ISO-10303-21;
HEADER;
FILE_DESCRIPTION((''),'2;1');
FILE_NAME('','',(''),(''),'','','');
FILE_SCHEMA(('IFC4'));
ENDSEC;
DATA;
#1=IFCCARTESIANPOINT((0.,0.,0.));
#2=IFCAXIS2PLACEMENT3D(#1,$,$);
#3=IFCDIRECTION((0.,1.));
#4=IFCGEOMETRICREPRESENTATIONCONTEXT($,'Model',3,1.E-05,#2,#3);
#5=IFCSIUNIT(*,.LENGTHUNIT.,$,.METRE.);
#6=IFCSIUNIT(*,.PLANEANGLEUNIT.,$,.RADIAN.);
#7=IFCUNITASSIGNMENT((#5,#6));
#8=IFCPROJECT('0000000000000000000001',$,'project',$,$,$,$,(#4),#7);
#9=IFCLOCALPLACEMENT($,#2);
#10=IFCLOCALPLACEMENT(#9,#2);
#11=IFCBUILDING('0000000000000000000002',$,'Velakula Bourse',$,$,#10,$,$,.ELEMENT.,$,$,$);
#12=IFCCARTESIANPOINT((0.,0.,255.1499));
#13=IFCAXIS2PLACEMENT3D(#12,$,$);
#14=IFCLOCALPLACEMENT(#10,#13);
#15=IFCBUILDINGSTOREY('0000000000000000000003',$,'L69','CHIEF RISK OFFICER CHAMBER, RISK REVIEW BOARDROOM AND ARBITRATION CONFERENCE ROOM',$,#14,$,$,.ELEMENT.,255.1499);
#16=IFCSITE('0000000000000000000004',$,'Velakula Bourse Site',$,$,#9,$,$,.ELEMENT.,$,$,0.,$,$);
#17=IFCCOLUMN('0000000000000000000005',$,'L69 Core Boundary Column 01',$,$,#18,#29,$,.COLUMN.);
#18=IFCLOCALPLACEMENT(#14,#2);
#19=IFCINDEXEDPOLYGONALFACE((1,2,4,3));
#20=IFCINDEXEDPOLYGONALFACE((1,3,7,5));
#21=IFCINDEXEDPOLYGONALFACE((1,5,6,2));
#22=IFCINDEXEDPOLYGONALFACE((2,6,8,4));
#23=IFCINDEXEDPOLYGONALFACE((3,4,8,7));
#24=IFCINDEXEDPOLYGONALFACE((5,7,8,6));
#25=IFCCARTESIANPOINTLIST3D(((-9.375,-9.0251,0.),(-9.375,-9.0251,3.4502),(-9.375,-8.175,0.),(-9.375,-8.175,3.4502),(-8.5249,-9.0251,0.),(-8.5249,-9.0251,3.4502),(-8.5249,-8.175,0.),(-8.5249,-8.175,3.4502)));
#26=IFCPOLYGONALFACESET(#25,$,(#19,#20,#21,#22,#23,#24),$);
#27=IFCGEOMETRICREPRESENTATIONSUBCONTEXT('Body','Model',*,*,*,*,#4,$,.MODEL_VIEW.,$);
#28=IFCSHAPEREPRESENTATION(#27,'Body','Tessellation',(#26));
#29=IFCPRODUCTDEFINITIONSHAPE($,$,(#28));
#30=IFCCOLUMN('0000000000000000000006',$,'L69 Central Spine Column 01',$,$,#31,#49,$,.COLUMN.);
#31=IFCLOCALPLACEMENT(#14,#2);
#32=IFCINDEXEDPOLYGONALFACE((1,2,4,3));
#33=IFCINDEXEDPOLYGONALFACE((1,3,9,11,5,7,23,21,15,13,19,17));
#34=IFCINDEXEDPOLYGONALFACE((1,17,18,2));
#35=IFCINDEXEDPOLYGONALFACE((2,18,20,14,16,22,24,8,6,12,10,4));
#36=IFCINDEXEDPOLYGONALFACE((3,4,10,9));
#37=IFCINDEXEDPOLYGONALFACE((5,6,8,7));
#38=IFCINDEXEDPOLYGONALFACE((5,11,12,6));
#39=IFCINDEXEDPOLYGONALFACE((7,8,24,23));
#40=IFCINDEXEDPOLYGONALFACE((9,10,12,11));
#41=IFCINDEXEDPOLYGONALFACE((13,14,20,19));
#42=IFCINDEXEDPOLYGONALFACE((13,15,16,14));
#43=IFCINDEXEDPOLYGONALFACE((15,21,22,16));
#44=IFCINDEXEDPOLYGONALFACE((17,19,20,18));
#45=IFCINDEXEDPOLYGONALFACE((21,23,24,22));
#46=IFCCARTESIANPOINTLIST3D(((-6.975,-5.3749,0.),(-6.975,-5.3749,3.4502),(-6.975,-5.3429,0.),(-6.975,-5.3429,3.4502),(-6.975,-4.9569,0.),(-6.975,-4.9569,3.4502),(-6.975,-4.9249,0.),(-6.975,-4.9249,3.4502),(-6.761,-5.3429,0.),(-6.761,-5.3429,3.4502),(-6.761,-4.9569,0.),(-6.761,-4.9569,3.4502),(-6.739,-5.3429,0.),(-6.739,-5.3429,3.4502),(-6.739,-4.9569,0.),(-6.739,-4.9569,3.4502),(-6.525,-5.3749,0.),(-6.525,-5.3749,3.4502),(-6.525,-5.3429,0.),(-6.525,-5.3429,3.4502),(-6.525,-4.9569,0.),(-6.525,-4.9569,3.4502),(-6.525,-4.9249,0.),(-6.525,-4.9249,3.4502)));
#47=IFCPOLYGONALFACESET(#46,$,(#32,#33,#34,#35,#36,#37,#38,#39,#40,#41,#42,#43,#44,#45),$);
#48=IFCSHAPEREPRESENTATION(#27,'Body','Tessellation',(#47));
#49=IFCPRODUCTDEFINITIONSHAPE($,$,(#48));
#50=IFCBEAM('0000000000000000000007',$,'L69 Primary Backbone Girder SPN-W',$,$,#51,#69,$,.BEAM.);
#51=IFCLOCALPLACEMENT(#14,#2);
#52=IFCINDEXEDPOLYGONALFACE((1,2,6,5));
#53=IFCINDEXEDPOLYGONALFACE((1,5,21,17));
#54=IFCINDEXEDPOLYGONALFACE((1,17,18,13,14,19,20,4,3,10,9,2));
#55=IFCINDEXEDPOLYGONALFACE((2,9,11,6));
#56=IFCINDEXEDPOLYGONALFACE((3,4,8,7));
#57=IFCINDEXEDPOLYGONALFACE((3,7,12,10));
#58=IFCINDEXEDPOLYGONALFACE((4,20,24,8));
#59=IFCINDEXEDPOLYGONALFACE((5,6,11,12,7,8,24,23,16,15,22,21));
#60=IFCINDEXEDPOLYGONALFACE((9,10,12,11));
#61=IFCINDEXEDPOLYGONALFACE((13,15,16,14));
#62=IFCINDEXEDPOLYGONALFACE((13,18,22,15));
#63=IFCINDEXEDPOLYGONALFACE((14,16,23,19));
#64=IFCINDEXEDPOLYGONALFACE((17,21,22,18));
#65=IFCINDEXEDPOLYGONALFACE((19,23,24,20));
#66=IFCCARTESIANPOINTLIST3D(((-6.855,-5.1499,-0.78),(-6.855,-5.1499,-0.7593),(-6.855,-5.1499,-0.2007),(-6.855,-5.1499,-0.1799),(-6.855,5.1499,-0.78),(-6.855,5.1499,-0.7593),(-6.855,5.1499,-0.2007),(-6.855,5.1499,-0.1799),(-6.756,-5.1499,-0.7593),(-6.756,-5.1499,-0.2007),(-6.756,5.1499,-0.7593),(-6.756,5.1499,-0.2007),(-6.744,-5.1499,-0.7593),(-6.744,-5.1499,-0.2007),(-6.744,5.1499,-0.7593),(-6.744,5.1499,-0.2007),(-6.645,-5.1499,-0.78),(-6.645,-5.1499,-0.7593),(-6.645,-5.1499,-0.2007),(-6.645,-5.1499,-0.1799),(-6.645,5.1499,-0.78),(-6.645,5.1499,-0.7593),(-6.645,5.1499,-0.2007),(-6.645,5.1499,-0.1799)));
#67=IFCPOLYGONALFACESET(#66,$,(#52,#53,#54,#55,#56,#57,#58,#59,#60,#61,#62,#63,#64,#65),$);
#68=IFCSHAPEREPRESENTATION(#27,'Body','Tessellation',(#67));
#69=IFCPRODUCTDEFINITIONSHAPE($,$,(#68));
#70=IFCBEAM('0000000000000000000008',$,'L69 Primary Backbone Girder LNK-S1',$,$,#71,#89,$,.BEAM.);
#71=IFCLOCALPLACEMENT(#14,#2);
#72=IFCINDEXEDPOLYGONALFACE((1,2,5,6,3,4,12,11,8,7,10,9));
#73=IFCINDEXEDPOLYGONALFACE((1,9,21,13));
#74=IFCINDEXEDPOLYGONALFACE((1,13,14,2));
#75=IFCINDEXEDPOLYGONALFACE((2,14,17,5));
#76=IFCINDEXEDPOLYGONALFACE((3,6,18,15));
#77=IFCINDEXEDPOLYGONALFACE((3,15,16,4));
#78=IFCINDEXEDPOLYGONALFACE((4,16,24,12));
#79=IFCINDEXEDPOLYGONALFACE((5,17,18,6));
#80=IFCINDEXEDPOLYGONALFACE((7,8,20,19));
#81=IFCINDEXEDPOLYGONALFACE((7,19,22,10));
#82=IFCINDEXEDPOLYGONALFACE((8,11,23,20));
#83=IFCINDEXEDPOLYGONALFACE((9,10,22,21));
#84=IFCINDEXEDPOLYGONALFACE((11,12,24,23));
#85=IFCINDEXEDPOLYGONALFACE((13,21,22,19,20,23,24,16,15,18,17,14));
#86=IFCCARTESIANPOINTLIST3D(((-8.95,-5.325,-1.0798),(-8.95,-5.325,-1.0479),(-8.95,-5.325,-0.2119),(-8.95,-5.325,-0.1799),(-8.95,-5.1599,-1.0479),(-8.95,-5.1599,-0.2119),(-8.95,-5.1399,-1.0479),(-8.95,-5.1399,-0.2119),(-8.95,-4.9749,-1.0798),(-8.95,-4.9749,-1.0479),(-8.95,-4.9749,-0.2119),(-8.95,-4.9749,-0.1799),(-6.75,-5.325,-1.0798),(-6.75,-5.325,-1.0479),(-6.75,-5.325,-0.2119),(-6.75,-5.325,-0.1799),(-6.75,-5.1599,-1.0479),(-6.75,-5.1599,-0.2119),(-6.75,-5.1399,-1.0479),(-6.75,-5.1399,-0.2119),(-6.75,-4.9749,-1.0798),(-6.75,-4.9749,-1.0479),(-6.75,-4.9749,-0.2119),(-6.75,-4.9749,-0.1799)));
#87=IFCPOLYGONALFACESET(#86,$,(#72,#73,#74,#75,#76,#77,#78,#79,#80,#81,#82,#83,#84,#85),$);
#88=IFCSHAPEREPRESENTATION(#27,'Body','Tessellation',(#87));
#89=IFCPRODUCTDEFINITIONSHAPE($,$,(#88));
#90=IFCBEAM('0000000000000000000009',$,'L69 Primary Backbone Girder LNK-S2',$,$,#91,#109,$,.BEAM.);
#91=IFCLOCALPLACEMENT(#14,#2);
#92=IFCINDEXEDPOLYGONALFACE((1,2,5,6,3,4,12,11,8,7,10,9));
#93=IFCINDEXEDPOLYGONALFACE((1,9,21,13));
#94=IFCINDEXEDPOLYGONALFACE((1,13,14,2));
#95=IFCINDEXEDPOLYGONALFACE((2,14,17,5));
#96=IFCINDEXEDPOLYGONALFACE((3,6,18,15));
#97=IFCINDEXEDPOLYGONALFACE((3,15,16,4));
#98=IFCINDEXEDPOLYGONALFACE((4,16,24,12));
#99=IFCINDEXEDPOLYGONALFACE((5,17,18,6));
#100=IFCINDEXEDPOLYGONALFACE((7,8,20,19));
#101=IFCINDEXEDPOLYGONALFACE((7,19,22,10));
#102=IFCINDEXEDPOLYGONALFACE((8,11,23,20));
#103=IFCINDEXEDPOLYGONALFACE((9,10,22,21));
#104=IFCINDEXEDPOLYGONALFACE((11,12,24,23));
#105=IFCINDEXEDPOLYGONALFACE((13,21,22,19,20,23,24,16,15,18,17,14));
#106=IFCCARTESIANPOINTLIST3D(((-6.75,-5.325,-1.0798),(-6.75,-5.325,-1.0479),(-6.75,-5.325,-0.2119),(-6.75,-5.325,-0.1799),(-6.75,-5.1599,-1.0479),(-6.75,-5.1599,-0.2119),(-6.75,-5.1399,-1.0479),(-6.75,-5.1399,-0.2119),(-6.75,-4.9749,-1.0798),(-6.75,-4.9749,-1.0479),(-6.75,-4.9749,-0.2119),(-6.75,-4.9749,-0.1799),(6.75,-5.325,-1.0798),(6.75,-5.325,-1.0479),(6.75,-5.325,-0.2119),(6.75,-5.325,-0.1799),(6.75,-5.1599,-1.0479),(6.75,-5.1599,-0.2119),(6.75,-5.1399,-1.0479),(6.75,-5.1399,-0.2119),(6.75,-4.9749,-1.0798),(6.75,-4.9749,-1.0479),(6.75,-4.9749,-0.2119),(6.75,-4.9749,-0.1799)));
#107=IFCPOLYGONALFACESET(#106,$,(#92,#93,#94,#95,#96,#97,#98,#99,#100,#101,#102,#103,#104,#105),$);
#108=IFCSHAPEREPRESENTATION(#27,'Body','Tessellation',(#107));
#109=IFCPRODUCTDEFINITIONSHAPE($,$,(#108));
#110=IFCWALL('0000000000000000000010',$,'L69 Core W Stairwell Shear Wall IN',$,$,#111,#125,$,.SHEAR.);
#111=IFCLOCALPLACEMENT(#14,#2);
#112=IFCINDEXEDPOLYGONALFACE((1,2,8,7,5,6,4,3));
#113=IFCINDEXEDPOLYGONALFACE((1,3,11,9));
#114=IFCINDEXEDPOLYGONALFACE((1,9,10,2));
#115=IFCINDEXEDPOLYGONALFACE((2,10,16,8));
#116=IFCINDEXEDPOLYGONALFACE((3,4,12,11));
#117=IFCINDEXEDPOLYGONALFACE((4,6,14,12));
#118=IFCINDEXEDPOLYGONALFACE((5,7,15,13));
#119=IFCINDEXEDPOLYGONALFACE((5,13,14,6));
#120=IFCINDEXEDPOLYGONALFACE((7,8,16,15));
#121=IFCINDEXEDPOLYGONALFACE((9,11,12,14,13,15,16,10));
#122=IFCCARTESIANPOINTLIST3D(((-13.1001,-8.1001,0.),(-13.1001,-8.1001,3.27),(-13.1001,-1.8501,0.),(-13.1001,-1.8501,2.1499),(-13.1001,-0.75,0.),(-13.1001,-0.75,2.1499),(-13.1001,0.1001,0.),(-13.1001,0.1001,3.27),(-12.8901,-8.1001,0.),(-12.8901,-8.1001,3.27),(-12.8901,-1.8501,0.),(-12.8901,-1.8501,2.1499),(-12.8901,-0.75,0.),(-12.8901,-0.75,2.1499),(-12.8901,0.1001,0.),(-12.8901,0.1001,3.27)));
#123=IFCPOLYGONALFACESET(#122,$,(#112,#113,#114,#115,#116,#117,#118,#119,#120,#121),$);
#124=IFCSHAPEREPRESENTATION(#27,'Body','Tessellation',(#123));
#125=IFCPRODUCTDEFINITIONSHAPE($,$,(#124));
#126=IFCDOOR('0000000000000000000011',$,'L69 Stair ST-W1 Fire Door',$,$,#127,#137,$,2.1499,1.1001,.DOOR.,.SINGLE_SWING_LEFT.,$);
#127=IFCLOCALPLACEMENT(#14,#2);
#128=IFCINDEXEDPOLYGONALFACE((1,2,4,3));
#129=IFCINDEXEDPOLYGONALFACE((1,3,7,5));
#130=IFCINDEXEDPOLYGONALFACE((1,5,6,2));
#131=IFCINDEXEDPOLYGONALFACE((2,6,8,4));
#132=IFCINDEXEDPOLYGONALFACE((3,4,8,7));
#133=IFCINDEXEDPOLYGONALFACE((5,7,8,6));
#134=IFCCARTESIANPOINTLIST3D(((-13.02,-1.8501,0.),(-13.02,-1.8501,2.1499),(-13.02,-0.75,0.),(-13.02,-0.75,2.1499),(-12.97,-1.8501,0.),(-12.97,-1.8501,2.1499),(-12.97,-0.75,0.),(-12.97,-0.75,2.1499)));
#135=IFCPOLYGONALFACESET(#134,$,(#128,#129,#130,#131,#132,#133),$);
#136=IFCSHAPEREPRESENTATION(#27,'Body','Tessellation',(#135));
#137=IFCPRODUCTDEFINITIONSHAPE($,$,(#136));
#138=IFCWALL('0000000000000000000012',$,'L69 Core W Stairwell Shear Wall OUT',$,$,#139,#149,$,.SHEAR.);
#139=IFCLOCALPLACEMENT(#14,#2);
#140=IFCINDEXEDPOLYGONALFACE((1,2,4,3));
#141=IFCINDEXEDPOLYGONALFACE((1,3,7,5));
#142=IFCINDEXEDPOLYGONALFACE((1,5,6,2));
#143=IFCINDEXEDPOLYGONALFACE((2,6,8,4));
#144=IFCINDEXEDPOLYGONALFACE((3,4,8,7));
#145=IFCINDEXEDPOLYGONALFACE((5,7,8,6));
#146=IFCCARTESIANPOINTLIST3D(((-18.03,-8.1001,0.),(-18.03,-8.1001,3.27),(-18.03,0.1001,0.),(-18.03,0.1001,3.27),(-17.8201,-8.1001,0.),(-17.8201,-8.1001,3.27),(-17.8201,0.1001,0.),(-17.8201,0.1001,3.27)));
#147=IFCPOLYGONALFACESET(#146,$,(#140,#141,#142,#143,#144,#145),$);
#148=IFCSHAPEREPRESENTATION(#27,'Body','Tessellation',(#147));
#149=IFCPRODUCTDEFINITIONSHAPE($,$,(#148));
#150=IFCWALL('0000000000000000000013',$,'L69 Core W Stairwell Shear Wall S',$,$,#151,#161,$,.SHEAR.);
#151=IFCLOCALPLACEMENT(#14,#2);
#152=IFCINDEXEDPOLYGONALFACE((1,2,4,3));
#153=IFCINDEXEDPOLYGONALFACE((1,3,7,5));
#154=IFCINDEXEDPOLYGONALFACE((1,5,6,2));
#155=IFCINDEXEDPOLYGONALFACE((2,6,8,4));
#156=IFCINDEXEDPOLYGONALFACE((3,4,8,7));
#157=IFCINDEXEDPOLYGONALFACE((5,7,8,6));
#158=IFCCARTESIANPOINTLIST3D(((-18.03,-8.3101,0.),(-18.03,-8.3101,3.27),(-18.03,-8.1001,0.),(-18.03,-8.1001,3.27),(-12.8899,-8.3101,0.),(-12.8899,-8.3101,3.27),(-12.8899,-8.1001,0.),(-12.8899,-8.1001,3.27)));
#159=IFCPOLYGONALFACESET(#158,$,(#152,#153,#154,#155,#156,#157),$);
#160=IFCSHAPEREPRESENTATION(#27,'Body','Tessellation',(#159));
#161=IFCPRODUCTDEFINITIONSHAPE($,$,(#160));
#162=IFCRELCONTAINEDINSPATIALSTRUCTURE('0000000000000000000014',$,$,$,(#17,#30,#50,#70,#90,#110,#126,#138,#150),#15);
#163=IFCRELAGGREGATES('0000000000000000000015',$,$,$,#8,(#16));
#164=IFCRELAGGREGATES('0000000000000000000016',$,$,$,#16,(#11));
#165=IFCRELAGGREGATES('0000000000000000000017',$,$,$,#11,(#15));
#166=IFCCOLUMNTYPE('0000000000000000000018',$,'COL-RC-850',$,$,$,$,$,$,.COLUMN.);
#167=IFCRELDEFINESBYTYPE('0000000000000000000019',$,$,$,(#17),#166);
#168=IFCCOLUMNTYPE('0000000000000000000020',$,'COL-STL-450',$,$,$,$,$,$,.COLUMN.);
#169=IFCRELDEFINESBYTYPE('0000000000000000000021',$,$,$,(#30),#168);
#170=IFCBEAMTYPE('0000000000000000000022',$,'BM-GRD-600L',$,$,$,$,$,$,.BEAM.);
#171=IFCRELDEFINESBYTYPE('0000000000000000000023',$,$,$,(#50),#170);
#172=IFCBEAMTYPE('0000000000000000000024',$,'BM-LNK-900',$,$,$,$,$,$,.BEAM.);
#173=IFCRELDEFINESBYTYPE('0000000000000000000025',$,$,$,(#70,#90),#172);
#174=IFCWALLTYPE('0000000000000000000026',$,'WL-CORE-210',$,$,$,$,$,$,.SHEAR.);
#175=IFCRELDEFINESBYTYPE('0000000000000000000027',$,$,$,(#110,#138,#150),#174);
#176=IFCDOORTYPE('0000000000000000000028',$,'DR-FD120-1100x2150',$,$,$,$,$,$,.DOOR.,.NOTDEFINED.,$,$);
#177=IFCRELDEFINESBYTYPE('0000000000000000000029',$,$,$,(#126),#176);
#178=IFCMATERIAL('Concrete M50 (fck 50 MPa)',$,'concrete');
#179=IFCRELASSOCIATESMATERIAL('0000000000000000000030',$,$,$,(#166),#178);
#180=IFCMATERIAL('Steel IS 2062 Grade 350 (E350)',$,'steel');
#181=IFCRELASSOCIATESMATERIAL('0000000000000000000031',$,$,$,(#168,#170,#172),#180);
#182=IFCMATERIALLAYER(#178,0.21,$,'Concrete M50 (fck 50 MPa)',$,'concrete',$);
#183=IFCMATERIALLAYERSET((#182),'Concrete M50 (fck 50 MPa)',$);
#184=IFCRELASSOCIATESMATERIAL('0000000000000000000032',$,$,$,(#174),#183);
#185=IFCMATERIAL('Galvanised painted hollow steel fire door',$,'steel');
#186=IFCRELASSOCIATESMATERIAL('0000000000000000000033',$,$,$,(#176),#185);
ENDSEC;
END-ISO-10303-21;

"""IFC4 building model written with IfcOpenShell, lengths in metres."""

from ifc_helpers import new_model, si_unit, direction, frame, frame_2d, origin, origin_2d, place, context, subcontext, project, spatial, rectangle, i_section, extrude, material, layer, layer_set, material_profile, profile_set, type_object, element, fill, save


model = new_model("IFC4")

# Units and contexts
model_context = context("Model", 3, precision=1e-05, world=origin(), true_north=direction((0.0, 1.0)))
body_context = subcontext(model_context, "Body", "Model", "MODEL_VIEW")
ifc_project = project(units=[si_unit("LENGTHUNIT", "METRE"), si_unit("PLANEANGLEUNIT", "RADIAN")], contexts=[model_context])

# Site, building, storey
site_placement = place(None, origin())
site = spatial("IfcSite", under=ifc_project, at=site_placement, Name="Velakula Bourse Site", CompositionType="ELEMENT", RefElevation=0.0)
building_placement = place(site_placement, origin())
building = spatial("IfcBuilding", under=site, at=building_placement, Name="Velakula Bourse", CompositionType="ELEMENT")
storey_placement = place(building_placement, frame((0.0, 0.0, 255.1499)))
storey = spatial("IfcBuildingStorey", under=building, at=storey_placement, Name="L69", Description="CHIEF RISK OFFICER CHAMBER, RISK REVIEW BOARDROOM AND ARBITRATION CONFERENCE ROOM", CompositionType="ELEMENT", Elevation=255.1499)

# Columns
ifc_material_1 = material(Name="Concrete M50 (fck 50 MPa)", Category="concrete")
ifc_material_profile_1 = material_profile(ifc_material_1, rectangle(XDim=0.8501, YDim=0.8501, at=origin_2d()), Name="Concrete M50 (fck 50 MPa)")
ifc_profile_set_1 = profile_set([ifc_material_profile_1], Name="Concrete M50 (fck 50 MPa)")
column_type_1 = type_object("IfcColumnType", Name="COL-RC-850", PredefinedType="COLUMN", material=ifc_profile_set_1)
column_1_placement = place(storey_placement, frame((-8.95, -8.6001, 0.0), z_axis=(0.0, 0.0, 1.0), x_axis=(1.0, 0.0, 0.0)))
element("IfcColumn", 1, at=column_1_placement, inside=storey, type_object=column_type_1, Name="L69 Core Boundary Column 01", PredefinedType="COLUMN", context=body_context, shape_type="SweptSolid", body=[
    extrude(rectangle(XDim=0.8501, YDim=0.8501, at=origin_2d()), origin(), (0.0, 0.0, 1.0), 3.4502),
])
ifc_material_2 = material(Name="Steel IS 2062 Grade 350 (E350)", Category="steel")
ifc_material_profile_2 = material_profile(ifc_material_2, i_section(OverallWidth=0.45, OverallDepth=0.45, WebThickness=0.022, FlangeThickness=0.032, at=origin_2d()), Name="Steel IS 2062 Grade 350 (E350)")
ifc_profile_set_2 = profile_set([ifc_material_profile_2], Name="Steel IS 2062 Grade 350 (E350)")
column_type_2 = type_object("IfcColumnType", Name="COL-STL-450", PredefinedType="COLUMN", material=ifc_profile_set_2)
column_2_placement = place(storey_placement, frame((-6.75, -5.1499, 0.0), z_axis=(0.0, 0.0, 1.0), x_axis=(1.0, 0.0, 0.0)))
element("IfcColumn", 2, at=column_2_placement, inside=storey, type_object=column_type_2, Name="L69 Central Spine Column 01", PredefinedType="COLUMN", context=body_context, shape_type="SweptSolid", body=[
    extrude(i_section(OverallWidth=0.45, OverallDepth=0.45, WebThickness=0.022, FlangeThickness=0.032, at=origin_2d()), origin(), (0.0, 0.0, 1.0), 3.4502),
])

# Beams
ifc_material_profile_3 = material_profile(ifc_material_2, i_section(OverallWidth=0.21, OverallDepth=0.6001, WebThickness=0.012, FlangeThickness=0.0208, at=origin_2d()), Name="Steel IS 2062 Grade 350 (E350)")
ifc_profile_set_3 = profile_set([ifc_material_profile_3], Name="Steel IS 2062 Grade 350 (E350)")
beam_type_1 = type_object("IfcBeamType", Name="BM-GRD-600L", PredefinedType="BEAM", material=ifc_profile_set_3)
beam_1_placement = place(storey_placement, frame((-6.75, -5.1499, -0.48), z_axis=(0.0, 1.0, 0.0), x_axis=(-1.0, 0.0, 0.0)))
element("IfcBeam", 3, at=beam_1_placement, inside=storey, type_object=beam_type_1, Name="L69 Primary Backbone Girder SPN-W", PredefinedType="BEAM", context=body_context, shape_type="SweptSolid", body=[
    extrude(i_section(OverallWidth=0.21, OverallDepth=0.6001, WebThickness=0.012, FlangeThickness=0.0208, at=origin_2d()), origin(), (0.0, 0.0, 1.0), 10.2998),
])
ifc_material_profile_4 = material_profile(ifc_material_2, i_section(OverallWidth=0.3501, OverallDepth=0.8999, WebThickness=0.02, FlangeThickness=0.032, at=origin_2d()), Name="Steel IS 2062 Grade 350 (E350)")
ifc_profile_set_4 = profile_set([ifc_material_profile_4], Name="Steel IS 2062 Grade 350 (E350)")
beam_type_2 = type_object("IfcBeamType", Name="BM-LNK-900", PredefinedType="BEAM", material=ifc_profile_set_4)
beam_2_placement = place(storey_placement, frame((-8.95, -5.1499, -0.6299), z_axis=(1.0, 0.0, 0.0), x_axis=(0.0, 1.0, 0.0)))
element("IfcBeam", 4, at=beam_2_placement, inside=storey, type_object=beam_type_2, Name="L69 Primary Backbone Girder LNK-S1", PredefinedType="BEAM", context=body_context, shape_type="SweptSolid", body=[
    extrude(i_section(OverallWidth=0.3501, OverallDepth=0.8999, WebThickness=0.02, FlangeThickness=0.032, at=origin_2d()), origin(), (0.0, 0.0, 1.0), 2.2),
])
beam_3_placement = place(storey_placement, frame((-6.75, -5.1499, -0.6299), z_axis=(1.0, 0.0, 0.0), x_axis=(0.0, 1.0, 0.0)))
element("IfcBeam", 5, at=beam_3_placement, inside=storey, type_object=beam_type_2, Name="L69 Primary Backbone Girder LNK-S2", PredefinedType="BEAM", context=body_context, shape_type="SweptSolid", body=[
    extrude(i_section(OverallWidth=0.3501, OverallDepth=0.8999, WebThickness=0.02, FlangeThickness=0.032, at=origin_2d()), origin(), (0.0, 0.0, 1.0), 13.5),
])

# Wall, opening, door
ifc_layer_1 = layer(ifc_material_1, 0.21, Name="Concrete M50 (fck 50 MPa)", Category="concrete")
ifc_layer_set_1 = layer_set([ifc_layer_1], Name="Concrete M50 (fck 50 MPa)")
wall_type_1 = type_object("IfcWallType", Name="WL-CORE-210", PredefinedType="SHEAR", material=ifc_layer_set_1)
wall_1_placement = place(storey_placement, frame((-12.9951, -8.1001, 0.0), z_axis=(0.0, 0.0, 1.0), x_axis=(0.0, 1.0, 0.0)))
wall_1 = element("IfcWall", 6, at=wall_1_placement, inside=storey, type_object=wall_type_1, Name="L69 Core W Stairwell Shear Wall IN", PredefinedType="SHEAR", context=body_context, shape_type="SweptSolid", body=[
    extrude(rectangle(XDim=8.2002, YDim=0.21, at=frame_2d((4.1001, 0.0))), origin(), (0.0, 0.0, 1.0), 3.27),
])
opening_1_placement = place(wall_1_placement, frame((6.25, 0.0, 0.0)))
opening_1 = element("IfcOpeningElement", 7, at=opening_1_placement, cuts=wall_1, PredefinedType="OPENING", context=body_context, shape_type="SweptSolid", body=[
    extrude(rectangle(XDim=1.1001, YDim=2.1499, at=frame_2d((0.55, 1.075))), frame((0.0, 0.115, 0.0), z_axis=(0.0, -1.0, 0.0), x_axis=(1.0, 0.0, 0.0)), (0.0, 0.0, 1.0), 0.23),
])
ifc_material_3 = material(Name="Galvanised painted hollow steel fire door", Category="steel")
door_type_1 = type_object("IfcDoorType", Name="DR-FD120-1100x2150", OperationType="NOTDEFINED", PredefinedType="DOOR", material=ifc_material_3)
door_1_placement = place(opening_1_placement, origin())
door_1 = element("IfcDoor", 8, at=door_1_placement, inside=storey, type_object=door_type_1, Name="L69 Stair ST-W1 Fire Door", OperationType="SINGLE_SWING_LEFT", OverallHeight=2.1499, OverallWidth=1.1001, PredefinedType="DOOR", context=body_context, shape_type="SweptSolid", body=[
    extrude(rectangle(XDim=1.1001, YDim=2.1499, at=frame_2d((0.55, 1.075))), frame((0.0, 0.0249, 0.0), z_axis=(0.0, -1.0, 0.0), x_axis=(1.0, 0.0, 0.0)), (0.0, 0.0, 1.0), 0.05),
])
fill(opening_1, door_1)

# Walls
wall_2_placement = place(storey_placement, frame((-17.925, -8.1001, 0.0), z_axis=(0.0, 0.0, 1.0), x_axis=(0.0, 1.0, 0.0)))
element("IfcWall", 9, at=wall_2_placement, inside=storey, type_object=wall_type_1, Name="L69 Core W Stairwell Shear Wall OUT", PredefinedType="SHEAR", context=body_context, shape_type="SweptSolid", body=[
    extrude(rectangle(XDim=8.2002, YDim=0.21, at=frame_2d((4.1001, 0.0))), origin(), (0.0, 0.0, 1.0), 3.27),
])
wall_3_placement = place(storey_placement, frame((-18.03, -8.2051, 0.0), z_axis=(0.0, 0.0, 1.0), x_axis=(1.0, 0.0, 0.0)))
element("IfcWall", 10, at=wall_3_placement, inside=storey, type_object=wall_type_1, Name="L69 Core W Stairwell Shear Wall S", PredefinedType="SHEAR", context=body_context, shape_type="SweptSolid", body=[
    extrude(rectangle(XDim=5.1401, YDim=0.21, at=frame_2d((2.5701, 0.0))), origin(), (0.0, 0.0, 1.0), 3.27),
])

save(model, "model.ifc")
